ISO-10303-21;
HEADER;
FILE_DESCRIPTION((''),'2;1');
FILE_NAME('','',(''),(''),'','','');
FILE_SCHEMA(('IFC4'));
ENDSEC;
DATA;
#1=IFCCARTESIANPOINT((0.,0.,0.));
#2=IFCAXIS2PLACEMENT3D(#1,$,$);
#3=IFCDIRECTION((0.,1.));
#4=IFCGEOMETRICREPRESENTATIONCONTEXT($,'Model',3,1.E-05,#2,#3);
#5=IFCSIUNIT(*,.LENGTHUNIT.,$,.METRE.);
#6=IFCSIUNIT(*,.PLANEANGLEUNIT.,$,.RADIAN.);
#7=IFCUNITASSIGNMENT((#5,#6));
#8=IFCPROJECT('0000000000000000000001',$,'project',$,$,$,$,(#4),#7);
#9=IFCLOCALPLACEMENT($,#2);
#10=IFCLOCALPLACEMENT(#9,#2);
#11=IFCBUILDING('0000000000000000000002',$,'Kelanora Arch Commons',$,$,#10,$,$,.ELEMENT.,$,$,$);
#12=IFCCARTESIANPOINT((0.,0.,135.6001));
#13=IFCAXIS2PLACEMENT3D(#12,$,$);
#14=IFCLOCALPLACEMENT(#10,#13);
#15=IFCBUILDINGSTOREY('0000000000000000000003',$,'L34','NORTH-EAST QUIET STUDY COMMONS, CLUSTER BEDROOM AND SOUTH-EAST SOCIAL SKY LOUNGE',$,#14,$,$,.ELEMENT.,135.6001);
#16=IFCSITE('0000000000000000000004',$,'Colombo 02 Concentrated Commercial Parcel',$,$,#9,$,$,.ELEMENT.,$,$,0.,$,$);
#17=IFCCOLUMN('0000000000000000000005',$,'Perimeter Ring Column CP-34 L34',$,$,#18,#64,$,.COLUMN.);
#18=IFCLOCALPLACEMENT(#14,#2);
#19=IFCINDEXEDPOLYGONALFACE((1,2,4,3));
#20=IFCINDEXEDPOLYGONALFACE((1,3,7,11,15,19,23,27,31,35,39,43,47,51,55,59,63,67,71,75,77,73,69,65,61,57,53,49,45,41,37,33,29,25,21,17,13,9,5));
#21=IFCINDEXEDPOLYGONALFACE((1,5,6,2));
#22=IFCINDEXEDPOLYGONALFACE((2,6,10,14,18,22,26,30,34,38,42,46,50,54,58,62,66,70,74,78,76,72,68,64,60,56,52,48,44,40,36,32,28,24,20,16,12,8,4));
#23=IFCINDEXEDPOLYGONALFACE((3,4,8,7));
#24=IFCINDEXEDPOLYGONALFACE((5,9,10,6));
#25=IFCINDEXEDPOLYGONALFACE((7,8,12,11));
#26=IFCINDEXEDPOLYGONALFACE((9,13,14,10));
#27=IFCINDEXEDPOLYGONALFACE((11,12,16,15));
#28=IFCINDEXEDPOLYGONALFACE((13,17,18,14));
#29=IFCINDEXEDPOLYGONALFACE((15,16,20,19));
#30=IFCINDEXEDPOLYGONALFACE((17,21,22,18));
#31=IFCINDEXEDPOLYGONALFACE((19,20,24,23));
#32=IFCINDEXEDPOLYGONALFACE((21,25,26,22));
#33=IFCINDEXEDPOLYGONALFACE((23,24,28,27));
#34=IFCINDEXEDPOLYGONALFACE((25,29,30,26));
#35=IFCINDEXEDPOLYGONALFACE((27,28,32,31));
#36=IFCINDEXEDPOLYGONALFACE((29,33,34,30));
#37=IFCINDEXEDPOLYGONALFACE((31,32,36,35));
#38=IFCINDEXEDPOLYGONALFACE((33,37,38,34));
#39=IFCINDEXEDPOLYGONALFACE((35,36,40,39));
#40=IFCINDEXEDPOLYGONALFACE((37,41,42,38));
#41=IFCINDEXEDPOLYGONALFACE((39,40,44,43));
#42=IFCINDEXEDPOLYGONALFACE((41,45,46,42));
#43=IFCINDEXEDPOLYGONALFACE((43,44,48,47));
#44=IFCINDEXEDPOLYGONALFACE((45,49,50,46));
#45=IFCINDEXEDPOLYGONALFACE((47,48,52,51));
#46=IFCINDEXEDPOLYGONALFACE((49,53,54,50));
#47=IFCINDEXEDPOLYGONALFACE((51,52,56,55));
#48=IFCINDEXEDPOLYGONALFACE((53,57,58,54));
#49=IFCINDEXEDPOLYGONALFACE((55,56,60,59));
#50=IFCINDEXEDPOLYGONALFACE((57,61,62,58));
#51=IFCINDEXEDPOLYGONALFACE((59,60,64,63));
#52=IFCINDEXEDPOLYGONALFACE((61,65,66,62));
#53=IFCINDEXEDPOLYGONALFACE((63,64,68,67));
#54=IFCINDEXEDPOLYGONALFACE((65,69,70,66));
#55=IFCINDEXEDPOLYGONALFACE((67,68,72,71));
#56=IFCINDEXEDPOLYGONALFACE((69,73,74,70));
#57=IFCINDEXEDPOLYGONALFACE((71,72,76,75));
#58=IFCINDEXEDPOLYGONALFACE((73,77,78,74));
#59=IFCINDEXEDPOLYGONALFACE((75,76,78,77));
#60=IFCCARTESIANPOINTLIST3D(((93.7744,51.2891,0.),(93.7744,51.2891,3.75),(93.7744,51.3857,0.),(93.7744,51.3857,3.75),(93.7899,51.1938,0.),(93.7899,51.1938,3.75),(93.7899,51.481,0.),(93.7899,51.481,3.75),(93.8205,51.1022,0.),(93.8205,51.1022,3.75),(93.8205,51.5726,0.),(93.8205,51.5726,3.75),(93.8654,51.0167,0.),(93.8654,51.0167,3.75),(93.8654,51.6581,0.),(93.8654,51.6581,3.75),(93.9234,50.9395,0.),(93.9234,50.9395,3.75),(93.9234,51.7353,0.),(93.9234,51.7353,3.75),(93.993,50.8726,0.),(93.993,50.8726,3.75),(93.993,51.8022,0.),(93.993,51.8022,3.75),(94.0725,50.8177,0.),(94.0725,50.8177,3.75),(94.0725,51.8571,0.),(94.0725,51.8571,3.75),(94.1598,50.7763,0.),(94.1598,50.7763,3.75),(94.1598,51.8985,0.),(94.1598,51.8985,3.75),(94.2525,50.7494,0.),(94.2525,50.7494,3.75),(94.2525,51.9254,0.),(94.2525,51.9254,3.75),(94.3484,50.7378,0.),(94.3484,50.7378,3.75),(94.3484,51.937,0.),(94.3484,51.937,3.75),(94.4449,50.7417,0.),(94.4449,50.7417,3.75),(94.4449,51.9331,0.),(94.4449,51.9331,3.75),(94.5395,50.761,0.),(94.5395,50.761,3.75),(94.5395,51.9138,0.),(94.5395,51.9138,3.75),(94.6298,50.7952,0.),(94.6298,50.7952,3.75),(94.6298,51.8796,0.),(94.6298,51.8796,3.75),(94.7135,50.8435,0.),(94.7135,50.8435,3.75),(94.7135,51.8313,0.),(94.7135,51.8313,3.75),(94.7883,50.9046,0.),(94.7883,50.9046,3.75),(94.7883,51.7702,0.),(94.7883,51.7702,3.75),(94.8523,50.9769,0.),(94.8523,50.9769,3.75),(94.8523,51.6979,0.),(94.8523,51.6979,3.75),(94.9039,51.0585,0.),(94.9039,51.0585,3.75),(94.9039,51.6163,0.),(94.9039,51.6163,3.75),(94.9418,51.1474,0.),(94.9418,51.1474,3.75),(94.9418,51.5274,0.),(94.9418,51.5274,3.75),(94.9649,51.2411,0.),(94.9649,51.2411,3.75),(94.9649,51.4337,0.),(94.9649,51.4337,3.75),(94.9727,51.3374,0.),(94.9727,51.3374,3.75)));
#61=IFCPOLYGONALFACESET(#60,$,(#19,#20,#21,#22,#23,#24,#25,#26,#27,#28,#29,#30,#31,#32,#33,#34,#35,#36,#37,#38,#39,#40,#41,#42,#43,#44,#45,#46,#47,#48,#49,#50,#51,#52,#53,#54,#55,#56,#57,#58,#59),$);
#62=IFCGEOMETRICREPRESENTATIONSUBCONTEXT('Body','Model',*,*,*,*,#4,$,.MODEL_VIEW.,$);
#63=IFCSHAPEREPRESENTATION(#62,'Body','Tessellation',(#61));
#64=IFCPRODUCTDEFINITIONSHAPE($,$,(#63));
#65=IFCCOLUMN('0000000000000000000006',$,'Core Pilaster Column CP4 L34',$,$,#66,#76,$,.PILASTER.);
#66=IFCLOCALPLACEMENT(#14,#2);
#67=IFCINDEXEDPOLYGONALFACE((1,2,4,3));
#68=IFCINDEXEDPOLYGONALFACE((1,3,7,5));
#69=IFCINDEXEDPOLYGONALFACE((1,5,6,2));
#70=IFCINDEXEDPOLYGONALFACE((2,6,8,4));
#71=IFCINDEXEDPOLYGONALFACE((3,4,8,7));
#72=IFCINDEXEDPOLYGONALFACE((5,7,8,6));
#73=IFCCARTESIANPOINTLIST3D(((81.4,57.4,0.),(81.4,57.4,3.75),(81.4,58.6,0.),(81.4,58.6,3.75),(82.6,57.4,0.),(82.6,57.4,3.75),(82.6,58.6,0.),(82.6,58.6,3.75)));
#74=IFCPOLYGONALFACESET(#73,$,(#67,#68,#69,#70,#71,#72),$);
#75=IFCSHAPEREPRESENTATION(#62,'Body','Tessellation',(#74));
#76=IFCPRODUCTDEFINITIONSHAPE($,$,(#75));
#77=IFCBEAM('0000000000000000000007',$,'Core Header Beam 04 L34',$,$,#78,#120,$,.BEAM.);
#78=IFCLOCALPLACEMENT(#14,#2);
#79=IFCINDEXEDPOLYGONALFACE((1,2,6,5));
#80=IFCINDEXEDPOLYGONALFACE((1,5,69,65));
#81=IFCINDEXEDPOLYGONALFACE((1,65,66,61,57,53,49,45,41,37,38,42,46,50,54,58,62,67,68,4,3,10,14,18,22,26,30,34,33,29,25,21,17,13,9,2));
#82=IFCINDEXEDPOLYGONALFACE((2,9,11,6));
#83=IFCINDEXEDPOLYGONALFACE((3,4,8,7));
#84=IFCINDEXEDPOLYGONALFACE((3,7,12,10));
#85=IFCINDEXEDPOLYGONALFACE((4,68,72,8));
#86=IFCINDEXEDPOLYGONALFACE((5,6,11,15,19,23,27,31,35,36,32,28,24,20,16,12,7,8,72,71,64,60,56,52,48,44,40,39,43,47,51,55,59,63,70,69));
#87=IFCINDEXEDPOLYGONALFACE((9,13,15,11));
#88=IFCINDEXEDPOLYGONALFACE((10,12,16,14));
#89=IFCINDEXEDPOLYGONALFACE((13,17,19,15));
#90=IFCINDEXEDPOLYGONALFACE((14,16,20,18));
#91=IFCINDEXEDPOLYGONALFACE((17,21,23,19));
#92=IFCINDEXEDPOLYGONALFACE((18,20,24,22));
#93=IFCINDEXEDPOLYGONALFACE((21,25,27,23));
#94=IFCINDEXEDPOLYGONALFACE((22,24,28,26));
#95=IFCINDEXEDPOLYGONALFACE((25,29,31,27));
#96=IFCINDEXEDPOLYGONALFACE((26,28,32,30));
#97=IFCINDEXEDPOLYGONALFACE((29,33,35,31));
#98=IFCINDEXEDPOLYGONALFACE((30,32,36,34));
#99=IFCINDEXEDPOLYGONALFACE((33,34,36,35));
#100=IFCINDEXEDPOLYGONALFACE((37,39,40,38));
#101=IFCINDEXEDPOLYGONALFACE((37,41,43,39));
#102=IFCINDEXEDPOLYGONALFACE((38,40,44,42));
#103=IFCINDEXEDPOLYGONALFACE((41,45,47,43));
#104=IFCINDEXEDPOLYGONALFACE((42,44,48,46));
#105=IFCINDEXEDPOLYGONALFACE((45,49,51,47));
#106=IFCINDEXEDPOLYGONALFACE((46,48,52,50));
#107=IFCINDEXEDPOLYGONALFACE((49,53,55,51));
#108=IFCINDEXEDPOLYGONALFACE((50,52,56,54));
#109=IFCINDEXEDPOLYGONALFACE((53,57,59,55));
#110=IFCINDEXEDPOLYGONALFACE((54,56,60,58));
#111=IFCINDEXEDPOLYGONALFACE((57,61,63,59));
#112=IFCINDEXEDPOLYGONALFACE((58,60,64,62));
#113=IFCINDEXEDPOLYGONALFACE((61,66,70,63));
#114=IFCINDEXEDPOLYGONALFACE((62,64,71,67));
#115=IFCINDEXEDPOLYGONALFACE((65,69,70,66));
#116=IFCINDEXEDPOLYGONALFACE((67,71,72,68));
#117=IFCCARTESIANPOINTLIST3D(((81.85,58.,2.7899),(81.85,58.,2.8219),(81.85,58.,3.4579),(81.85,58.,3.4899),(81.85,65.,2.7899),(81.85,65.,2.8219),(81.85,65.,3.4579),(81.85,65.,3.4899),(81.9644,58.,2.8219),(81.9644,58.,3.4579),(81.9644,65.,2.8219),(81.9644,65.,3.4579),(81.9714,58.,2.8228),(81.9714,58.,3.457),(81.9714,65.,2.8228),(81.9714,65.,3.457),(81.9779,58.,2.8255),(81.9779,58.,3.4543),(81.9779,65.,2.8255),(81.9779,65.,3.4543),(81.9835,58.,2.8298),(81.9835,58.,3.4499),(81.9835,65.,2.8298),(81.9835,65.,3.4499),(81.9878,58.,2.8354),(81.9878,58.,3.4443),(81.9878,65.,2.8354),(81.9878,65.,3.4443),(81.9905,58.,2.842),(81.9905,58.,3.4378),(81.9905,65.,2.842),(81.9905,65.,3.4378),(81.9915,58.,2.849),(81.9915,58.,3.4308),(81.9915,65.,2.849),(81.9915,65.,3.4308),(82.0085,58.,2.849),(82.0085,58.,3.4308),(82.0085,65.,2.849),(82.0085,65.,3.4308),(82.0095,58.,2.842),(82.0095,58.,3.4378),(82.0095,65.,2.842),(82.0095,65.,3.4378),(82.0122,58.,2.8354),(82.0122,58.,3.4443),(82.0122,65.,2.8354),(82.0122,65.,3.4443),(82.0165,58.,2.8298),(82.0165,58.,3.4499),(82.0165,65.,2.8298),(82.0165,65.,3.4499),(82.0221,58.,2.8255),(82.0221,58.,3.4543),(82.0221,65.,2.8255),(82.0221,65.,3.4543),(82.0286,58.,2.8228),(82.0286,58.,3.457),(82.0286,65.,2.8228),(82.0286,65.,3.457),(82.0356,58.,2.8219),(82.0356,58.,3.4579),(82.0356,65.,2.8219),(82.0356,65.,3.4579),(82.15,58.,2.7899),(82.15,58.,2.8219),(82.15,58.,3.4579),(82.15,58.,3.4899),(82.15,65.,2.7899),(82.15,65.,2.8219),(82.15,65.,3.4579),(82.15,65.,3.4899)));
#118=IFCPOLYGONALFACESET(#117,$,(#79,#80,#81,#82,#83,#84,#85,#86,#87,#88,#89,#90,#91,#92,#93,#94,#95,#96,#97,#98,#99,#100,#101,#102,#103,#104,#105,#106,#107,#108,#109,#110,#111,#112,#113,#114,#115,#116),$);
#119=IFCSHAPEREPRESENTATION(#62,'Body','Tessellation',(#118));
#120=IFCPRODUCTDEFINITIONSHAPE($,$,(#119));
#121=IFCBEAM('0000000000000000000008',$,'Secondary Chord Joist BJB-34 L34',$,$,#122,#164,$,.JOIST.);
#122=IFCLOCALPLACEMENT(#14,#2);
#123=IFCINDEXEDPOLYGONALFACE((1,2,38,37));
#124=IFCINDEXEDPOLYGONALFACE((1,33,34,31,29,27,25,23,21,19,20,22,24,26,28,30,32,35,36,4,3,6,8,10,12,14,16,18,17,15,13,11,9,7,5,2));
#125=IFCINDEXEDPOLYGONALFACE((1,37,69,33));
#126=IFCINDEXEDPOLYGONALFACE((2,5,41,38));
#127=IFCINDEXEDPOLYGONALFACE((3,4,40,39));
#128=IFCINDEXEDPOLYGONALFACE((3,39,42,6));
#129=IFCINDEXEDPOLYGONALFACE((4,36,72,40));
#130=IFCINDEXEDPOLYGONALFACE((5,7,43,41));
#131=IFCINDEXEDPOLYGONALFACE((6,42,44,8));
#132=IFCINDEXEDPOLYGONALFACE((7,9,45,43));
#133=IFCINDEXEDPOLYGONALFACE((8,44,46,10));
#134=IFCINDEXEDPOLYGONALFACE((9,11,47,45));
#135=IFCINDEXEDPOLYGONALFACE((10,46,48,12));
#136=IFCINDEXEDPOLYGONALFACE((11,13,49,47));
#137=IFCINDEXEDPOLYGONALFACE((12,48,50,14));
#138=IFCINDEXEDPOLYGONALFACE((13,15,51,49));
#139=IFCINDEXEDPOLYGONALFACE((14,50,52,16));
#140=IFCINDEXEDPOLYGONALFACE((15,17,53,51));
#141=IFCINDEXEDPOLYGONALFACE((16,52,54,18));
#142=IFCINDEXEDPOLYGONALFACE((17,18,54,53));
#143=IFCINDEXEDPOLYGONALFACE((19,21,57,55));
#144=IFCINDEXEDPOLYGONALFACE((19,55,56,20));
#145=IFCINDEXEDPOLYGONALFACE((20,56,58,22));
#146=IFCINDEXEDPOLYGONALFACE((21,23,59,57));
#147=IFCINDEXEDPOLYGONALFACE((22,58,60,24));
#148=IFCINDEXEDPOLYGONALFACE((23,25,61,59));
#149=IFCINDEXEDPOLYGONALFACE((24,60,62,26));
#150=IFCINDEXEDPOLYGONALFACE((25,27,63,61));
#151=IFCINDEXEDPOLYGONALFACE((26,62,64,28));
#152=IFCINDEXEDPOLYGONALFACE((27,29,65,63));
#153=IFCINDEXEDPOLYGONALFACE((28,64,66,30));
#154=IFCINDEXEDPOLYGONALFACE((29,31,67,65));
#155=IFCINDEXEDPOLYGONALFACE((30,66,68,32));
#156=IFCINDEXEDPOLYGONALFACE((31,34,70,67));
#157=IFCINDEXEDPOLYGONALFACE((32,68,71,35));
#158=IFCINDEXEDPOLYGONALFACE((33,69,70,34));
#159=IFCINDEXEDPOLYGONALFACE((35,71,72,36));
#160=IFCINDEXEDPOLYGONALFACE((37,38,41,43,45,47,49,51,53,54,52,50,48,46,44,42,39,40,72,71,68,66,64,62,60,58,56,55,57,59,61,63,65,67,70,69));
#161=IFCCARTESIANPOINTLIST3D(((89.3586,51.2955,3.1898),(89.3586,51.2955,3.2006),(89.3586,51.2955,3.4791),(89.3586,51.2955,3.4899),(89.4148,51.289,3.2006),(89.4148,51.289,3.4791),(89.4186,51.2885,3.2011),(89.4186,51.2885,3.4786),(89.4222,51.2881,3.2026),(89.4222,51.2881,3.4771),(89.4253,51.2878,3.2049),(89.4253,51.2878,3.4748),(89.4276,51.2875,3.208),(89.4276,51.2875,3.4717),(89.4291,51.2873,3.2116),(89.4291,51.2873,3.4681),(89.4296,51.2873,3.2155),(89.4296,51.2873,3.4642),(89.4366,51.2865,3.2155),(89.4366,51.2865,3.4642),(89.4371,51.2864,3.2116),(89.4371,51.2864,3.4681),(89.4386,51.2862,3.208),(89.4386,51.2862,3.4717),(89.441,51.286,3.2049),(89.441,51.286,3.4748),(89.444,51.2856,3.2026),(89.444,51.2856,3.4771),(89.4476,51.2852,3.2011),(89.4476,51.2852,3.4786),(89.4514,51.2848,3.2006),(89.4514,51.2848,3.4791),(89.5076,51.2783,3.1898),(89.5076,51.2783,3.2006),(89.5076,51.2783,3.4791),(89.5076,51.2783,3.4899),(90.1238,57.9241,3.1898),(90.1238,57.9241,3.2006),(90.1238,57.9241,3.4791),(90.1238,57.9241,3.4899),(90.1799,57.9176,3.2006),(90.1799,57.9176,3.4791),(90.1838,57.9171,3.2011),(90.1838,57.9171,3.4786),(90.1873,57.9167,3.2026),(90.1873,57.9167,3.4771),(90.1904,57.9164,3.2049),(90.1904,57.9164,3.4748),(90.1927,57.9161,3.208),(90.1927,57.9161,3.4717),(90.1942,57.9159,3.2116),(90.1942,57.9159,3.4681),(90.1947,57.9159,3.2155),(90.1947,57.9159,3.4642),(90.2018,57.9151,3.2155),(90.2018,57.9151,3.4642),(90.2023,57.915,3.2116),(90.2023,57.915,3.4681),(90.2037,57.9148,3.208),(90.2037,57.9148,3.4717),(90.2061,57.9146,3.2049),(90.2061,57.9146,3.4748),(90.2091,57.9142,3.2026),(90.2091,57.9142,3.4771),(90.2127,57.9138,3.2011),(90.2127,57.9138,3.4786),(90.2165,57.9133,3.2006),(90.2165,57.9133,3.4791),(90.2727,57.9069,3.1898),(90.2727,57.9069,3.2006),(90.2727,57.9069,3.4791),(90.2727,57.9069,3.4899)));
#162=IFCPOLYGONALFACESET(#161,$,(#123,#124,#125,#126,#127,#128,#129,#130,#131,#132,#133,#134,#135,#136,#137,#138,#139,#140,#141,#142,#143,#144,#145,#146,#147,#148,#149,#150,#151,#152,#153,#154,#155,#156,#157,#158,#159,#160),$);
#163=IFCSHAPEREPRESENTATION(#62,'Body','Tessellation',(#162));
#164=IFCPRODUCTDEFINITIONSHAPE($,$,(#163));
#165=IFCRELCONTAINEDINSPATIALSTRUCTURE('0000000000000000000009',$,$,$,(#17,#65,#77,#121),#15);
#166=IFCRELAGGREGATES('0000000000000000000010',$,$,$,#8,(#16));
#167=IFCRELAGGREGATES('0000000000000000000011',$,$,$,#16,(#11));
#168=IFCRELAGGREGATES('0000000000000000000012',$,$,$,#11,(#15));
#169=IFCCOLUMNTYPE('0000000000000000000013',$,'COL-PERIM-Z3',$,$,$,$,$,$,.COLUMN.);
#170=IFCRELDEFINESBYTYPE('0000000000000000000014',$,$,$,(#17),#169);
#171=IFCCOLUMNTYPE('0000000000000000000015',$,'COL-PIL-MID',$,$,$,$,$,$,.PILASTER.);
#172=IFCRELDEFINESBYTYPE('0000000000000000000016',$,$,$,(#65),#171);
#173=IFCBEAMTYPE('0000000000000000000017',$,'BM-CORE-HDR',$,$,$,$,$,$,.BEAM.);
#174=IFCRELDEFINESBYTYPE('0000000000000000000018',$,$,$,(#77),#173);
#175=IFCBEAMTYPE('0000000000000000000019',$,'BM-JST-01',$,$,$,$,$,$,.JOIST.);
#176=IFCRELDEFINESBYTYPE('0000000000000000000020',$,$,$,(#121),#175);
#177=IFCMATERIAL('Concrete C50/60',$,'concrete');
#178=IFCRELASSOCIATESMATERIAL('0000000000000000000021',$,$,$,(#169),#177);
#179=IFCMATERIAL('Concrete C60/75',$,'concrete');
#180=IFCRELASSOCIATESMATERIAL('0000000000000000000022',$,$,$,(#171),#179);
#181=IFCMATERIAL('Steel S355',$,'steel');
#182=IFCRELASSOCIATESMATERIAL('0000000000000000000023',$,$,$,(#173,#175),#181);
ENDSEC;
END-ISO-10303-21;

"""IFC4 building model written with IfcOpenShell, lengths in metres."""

from ifc_helpers import new_model, si_unit, direction, frame, origin, origin_2d, place, context, subcontext, project, spatial, rectangle, circle, i_section, extrude, material, material_profile, profile_set, type_object, element, save


model = new_model("IFC4")

# Units and contexts
model_context = context("Model", 3, precision=1e-05, world=origin(), true_north=direction((0.0, 1.0)))
body_context = subcontext(model_context, "Body", "Model", "MODEL_VIEW")
ifc_project = project(units=[si_unit("LENGTHUNIT", "METRE"), si_unit("PLANEANGLEUNIT", "RADIAN")], contexts=[model_context])

# Site, building, storey
site_placement = place(None, origin())
site = spatial("IfcSite", under=ifc_project, at=site_placement, Name="Colombo 02 Concentrated Commercial Parcel", CompositionType="ELEMENT", RefElevation=0.0)
building_placement = place(site_placement, origin())
building = spatial("IfcBuilding", under=site, at=building_placement, Name="Kelanora Arch Commons", CompositionType="ELEMENT")
storey_placement = place(building_placement, frame((0.0, 0.0, 135.6001)))
storey = spatial("IfcBuildingStorey", under=building, at=storey_placement, Name="L34", Description="NORTH-EAST QUIET STUDY COMMONS, CLUSTER BEDROOM AND SOUTH-EAST SOCIAL SKY LOUNGE", CompositionType="ELEMENT", Elevation=135.6001)

# Columns
ifc_material_1 = material(Name="Concrete C50/60", Category="concrete")
ifc_material_profile_1 = material_profile(ifc_material_1, circle(Radius=0.6001, at=origin_2d()), Name="RCC1200")
ifc_profile_set_1 = profile_set([ifc_material_profile_1], Name="Concrete C50/60")
column_type_1 = type_object("IfcColumnType", Name="COL-PERIM-Z3", PredefinedType="COLUMN", material=ifc_profile_set_1)
column_1_placement = place(storey_placement, frame((94.3726, 51.3374, 0.0), z_axis=(0.0, 0.0, 1.0), x_axis=(1.0, 0.0, 0.0)))
element("IfcColumn", 1, at=column_1_placement, inside=storey, type_object=column_type_1, Name="Perimeter Ring Column CP-34 L34", PredefinedType="COLUMN", context=body_context, shape_type="SweptSolid", body=[
    extrude(circle(Radius=0.6001, at=origin_2d()), origin(), (0.0, 0.0, 1.0), 3.75),
])
ifc_material_2 = material(Name="Concrete C60/75", Category="concrete")
ifc_material_profile_2 = material_profile(ifc_material_2, rectangle(XDim=1.2, YDim=1.2, at=origin_2d()), Name="RC1200x1200")
ifc_profile_set_2 = profile_set([ifc_material_profile_2], Name="Concrete C60/75")
column_type_2 = type_object("IfcColumnType", Name="COL-PIL-MID", PredefinedType="PILASTER", material=ifc_profile_set_2)
column_2_placement = place(storey_placement, frame((82.0, 58.0, 0.0), z_axis=(0.0, 0.0, 1.0), x_axis=(1.0, 0.0, 0.0)))
element("IfcColumn", 2, at=column_2_placement, inside=storey, type_object=column_type_2, Name="Core Pilaster Column CP4 L34", PredefinedType="PILASTER", context=body_context, shape_type="SweptSolid", body=[
    extrude(rectangle(XDim=1.2, YDim=1.2, at=origin_2d()), origin(), (0.0, 0.0, 1.0), 3.75),
])

# Beams
ifc_material_3 = material(Name="Steel S355", Category="steel")
ifc_material_profile_3 = material_profile(ifc_material_3, i_section(OverallWidth=0.3, OverallDepth=0.7, WebThickness=0.0171, FlangeThickness=0.032, FilletRadius=0.0271, at=origin_2d()), Name="HEB700")
ifc_profile_set_3 = profile_set([ifc_material_profile_3], Name="Steel S355")
beam_type_1 = type_object("IfcBeamType", Name="BM-CORE-HDR", PredefinedType="BEAM", material=ifc_profile_set_3)
beam_1_placement = place(storey_placement, frame((82.0, 58.0, 3.1399), z_axis=(0.0, 1.0, 0.0), x_axis=(-1.0, 0.0, 0.0)))
element("IfcBeam", 3, at=beam_1_placement, inside=storey, type_object=beam_type_1, Name="Core Header Beam 04 L34", PredefinedType="BEAM", context=body_context, shape_type="SweptSolid", body=[
    extrude(i_section(OverallWidth=0.3, OverallDepth=0.7, WebThickness=0.0171, FlangeThickness=0.032, FilletRadius=0.0271, at=origin_2d()), origin(), (0.0, 0.0, 1.0), 7.0),
])
ifc_material_profile_4 = material_profile(ifc_material_3, i_section(OverallWidth=0.1499, OverallDepth=0.3, WebThickness=0.0071, FlangeThickness=0.0107, FilletRadius=0.0149, at=origin_2d()), Name="IPE300")
ifc_profile_set_4 = profile_set([ifc_material_profile_4], Name="Steel S355")
beam_type_2 = type_object("IfcBeamType", Name="BM-JST-01", PredefinedType="JOIST", material=ifc_profile_set_4)
beam_2_placement = place(storey_placement, frame((89.4331, 51.2869, 3.3398), z_axis=(0.114667, 0.993404, 0.0), x_axis=(-0.993404, 0.114667, 0.0)))
element("IfcBeam", 4, at=beam_2_placement, inside=storey, type_object=beam_type_2, Name="Secondary Chord Joist BJB-34 L34", PredefinedType="JOIST", context=body_context, shape_type="SweptSolid", body=[
    extrude(i_section(OverallWidth=0.1499, OverallDepth=0.3, WebThickness=0.0071, FlangeThickness=0.0107, FilletRadius=0.0149, at=origin_2d()), origin(), (0.0, 0.0, 1.0), 6.6726),
])

save(model, "model.ifc")
